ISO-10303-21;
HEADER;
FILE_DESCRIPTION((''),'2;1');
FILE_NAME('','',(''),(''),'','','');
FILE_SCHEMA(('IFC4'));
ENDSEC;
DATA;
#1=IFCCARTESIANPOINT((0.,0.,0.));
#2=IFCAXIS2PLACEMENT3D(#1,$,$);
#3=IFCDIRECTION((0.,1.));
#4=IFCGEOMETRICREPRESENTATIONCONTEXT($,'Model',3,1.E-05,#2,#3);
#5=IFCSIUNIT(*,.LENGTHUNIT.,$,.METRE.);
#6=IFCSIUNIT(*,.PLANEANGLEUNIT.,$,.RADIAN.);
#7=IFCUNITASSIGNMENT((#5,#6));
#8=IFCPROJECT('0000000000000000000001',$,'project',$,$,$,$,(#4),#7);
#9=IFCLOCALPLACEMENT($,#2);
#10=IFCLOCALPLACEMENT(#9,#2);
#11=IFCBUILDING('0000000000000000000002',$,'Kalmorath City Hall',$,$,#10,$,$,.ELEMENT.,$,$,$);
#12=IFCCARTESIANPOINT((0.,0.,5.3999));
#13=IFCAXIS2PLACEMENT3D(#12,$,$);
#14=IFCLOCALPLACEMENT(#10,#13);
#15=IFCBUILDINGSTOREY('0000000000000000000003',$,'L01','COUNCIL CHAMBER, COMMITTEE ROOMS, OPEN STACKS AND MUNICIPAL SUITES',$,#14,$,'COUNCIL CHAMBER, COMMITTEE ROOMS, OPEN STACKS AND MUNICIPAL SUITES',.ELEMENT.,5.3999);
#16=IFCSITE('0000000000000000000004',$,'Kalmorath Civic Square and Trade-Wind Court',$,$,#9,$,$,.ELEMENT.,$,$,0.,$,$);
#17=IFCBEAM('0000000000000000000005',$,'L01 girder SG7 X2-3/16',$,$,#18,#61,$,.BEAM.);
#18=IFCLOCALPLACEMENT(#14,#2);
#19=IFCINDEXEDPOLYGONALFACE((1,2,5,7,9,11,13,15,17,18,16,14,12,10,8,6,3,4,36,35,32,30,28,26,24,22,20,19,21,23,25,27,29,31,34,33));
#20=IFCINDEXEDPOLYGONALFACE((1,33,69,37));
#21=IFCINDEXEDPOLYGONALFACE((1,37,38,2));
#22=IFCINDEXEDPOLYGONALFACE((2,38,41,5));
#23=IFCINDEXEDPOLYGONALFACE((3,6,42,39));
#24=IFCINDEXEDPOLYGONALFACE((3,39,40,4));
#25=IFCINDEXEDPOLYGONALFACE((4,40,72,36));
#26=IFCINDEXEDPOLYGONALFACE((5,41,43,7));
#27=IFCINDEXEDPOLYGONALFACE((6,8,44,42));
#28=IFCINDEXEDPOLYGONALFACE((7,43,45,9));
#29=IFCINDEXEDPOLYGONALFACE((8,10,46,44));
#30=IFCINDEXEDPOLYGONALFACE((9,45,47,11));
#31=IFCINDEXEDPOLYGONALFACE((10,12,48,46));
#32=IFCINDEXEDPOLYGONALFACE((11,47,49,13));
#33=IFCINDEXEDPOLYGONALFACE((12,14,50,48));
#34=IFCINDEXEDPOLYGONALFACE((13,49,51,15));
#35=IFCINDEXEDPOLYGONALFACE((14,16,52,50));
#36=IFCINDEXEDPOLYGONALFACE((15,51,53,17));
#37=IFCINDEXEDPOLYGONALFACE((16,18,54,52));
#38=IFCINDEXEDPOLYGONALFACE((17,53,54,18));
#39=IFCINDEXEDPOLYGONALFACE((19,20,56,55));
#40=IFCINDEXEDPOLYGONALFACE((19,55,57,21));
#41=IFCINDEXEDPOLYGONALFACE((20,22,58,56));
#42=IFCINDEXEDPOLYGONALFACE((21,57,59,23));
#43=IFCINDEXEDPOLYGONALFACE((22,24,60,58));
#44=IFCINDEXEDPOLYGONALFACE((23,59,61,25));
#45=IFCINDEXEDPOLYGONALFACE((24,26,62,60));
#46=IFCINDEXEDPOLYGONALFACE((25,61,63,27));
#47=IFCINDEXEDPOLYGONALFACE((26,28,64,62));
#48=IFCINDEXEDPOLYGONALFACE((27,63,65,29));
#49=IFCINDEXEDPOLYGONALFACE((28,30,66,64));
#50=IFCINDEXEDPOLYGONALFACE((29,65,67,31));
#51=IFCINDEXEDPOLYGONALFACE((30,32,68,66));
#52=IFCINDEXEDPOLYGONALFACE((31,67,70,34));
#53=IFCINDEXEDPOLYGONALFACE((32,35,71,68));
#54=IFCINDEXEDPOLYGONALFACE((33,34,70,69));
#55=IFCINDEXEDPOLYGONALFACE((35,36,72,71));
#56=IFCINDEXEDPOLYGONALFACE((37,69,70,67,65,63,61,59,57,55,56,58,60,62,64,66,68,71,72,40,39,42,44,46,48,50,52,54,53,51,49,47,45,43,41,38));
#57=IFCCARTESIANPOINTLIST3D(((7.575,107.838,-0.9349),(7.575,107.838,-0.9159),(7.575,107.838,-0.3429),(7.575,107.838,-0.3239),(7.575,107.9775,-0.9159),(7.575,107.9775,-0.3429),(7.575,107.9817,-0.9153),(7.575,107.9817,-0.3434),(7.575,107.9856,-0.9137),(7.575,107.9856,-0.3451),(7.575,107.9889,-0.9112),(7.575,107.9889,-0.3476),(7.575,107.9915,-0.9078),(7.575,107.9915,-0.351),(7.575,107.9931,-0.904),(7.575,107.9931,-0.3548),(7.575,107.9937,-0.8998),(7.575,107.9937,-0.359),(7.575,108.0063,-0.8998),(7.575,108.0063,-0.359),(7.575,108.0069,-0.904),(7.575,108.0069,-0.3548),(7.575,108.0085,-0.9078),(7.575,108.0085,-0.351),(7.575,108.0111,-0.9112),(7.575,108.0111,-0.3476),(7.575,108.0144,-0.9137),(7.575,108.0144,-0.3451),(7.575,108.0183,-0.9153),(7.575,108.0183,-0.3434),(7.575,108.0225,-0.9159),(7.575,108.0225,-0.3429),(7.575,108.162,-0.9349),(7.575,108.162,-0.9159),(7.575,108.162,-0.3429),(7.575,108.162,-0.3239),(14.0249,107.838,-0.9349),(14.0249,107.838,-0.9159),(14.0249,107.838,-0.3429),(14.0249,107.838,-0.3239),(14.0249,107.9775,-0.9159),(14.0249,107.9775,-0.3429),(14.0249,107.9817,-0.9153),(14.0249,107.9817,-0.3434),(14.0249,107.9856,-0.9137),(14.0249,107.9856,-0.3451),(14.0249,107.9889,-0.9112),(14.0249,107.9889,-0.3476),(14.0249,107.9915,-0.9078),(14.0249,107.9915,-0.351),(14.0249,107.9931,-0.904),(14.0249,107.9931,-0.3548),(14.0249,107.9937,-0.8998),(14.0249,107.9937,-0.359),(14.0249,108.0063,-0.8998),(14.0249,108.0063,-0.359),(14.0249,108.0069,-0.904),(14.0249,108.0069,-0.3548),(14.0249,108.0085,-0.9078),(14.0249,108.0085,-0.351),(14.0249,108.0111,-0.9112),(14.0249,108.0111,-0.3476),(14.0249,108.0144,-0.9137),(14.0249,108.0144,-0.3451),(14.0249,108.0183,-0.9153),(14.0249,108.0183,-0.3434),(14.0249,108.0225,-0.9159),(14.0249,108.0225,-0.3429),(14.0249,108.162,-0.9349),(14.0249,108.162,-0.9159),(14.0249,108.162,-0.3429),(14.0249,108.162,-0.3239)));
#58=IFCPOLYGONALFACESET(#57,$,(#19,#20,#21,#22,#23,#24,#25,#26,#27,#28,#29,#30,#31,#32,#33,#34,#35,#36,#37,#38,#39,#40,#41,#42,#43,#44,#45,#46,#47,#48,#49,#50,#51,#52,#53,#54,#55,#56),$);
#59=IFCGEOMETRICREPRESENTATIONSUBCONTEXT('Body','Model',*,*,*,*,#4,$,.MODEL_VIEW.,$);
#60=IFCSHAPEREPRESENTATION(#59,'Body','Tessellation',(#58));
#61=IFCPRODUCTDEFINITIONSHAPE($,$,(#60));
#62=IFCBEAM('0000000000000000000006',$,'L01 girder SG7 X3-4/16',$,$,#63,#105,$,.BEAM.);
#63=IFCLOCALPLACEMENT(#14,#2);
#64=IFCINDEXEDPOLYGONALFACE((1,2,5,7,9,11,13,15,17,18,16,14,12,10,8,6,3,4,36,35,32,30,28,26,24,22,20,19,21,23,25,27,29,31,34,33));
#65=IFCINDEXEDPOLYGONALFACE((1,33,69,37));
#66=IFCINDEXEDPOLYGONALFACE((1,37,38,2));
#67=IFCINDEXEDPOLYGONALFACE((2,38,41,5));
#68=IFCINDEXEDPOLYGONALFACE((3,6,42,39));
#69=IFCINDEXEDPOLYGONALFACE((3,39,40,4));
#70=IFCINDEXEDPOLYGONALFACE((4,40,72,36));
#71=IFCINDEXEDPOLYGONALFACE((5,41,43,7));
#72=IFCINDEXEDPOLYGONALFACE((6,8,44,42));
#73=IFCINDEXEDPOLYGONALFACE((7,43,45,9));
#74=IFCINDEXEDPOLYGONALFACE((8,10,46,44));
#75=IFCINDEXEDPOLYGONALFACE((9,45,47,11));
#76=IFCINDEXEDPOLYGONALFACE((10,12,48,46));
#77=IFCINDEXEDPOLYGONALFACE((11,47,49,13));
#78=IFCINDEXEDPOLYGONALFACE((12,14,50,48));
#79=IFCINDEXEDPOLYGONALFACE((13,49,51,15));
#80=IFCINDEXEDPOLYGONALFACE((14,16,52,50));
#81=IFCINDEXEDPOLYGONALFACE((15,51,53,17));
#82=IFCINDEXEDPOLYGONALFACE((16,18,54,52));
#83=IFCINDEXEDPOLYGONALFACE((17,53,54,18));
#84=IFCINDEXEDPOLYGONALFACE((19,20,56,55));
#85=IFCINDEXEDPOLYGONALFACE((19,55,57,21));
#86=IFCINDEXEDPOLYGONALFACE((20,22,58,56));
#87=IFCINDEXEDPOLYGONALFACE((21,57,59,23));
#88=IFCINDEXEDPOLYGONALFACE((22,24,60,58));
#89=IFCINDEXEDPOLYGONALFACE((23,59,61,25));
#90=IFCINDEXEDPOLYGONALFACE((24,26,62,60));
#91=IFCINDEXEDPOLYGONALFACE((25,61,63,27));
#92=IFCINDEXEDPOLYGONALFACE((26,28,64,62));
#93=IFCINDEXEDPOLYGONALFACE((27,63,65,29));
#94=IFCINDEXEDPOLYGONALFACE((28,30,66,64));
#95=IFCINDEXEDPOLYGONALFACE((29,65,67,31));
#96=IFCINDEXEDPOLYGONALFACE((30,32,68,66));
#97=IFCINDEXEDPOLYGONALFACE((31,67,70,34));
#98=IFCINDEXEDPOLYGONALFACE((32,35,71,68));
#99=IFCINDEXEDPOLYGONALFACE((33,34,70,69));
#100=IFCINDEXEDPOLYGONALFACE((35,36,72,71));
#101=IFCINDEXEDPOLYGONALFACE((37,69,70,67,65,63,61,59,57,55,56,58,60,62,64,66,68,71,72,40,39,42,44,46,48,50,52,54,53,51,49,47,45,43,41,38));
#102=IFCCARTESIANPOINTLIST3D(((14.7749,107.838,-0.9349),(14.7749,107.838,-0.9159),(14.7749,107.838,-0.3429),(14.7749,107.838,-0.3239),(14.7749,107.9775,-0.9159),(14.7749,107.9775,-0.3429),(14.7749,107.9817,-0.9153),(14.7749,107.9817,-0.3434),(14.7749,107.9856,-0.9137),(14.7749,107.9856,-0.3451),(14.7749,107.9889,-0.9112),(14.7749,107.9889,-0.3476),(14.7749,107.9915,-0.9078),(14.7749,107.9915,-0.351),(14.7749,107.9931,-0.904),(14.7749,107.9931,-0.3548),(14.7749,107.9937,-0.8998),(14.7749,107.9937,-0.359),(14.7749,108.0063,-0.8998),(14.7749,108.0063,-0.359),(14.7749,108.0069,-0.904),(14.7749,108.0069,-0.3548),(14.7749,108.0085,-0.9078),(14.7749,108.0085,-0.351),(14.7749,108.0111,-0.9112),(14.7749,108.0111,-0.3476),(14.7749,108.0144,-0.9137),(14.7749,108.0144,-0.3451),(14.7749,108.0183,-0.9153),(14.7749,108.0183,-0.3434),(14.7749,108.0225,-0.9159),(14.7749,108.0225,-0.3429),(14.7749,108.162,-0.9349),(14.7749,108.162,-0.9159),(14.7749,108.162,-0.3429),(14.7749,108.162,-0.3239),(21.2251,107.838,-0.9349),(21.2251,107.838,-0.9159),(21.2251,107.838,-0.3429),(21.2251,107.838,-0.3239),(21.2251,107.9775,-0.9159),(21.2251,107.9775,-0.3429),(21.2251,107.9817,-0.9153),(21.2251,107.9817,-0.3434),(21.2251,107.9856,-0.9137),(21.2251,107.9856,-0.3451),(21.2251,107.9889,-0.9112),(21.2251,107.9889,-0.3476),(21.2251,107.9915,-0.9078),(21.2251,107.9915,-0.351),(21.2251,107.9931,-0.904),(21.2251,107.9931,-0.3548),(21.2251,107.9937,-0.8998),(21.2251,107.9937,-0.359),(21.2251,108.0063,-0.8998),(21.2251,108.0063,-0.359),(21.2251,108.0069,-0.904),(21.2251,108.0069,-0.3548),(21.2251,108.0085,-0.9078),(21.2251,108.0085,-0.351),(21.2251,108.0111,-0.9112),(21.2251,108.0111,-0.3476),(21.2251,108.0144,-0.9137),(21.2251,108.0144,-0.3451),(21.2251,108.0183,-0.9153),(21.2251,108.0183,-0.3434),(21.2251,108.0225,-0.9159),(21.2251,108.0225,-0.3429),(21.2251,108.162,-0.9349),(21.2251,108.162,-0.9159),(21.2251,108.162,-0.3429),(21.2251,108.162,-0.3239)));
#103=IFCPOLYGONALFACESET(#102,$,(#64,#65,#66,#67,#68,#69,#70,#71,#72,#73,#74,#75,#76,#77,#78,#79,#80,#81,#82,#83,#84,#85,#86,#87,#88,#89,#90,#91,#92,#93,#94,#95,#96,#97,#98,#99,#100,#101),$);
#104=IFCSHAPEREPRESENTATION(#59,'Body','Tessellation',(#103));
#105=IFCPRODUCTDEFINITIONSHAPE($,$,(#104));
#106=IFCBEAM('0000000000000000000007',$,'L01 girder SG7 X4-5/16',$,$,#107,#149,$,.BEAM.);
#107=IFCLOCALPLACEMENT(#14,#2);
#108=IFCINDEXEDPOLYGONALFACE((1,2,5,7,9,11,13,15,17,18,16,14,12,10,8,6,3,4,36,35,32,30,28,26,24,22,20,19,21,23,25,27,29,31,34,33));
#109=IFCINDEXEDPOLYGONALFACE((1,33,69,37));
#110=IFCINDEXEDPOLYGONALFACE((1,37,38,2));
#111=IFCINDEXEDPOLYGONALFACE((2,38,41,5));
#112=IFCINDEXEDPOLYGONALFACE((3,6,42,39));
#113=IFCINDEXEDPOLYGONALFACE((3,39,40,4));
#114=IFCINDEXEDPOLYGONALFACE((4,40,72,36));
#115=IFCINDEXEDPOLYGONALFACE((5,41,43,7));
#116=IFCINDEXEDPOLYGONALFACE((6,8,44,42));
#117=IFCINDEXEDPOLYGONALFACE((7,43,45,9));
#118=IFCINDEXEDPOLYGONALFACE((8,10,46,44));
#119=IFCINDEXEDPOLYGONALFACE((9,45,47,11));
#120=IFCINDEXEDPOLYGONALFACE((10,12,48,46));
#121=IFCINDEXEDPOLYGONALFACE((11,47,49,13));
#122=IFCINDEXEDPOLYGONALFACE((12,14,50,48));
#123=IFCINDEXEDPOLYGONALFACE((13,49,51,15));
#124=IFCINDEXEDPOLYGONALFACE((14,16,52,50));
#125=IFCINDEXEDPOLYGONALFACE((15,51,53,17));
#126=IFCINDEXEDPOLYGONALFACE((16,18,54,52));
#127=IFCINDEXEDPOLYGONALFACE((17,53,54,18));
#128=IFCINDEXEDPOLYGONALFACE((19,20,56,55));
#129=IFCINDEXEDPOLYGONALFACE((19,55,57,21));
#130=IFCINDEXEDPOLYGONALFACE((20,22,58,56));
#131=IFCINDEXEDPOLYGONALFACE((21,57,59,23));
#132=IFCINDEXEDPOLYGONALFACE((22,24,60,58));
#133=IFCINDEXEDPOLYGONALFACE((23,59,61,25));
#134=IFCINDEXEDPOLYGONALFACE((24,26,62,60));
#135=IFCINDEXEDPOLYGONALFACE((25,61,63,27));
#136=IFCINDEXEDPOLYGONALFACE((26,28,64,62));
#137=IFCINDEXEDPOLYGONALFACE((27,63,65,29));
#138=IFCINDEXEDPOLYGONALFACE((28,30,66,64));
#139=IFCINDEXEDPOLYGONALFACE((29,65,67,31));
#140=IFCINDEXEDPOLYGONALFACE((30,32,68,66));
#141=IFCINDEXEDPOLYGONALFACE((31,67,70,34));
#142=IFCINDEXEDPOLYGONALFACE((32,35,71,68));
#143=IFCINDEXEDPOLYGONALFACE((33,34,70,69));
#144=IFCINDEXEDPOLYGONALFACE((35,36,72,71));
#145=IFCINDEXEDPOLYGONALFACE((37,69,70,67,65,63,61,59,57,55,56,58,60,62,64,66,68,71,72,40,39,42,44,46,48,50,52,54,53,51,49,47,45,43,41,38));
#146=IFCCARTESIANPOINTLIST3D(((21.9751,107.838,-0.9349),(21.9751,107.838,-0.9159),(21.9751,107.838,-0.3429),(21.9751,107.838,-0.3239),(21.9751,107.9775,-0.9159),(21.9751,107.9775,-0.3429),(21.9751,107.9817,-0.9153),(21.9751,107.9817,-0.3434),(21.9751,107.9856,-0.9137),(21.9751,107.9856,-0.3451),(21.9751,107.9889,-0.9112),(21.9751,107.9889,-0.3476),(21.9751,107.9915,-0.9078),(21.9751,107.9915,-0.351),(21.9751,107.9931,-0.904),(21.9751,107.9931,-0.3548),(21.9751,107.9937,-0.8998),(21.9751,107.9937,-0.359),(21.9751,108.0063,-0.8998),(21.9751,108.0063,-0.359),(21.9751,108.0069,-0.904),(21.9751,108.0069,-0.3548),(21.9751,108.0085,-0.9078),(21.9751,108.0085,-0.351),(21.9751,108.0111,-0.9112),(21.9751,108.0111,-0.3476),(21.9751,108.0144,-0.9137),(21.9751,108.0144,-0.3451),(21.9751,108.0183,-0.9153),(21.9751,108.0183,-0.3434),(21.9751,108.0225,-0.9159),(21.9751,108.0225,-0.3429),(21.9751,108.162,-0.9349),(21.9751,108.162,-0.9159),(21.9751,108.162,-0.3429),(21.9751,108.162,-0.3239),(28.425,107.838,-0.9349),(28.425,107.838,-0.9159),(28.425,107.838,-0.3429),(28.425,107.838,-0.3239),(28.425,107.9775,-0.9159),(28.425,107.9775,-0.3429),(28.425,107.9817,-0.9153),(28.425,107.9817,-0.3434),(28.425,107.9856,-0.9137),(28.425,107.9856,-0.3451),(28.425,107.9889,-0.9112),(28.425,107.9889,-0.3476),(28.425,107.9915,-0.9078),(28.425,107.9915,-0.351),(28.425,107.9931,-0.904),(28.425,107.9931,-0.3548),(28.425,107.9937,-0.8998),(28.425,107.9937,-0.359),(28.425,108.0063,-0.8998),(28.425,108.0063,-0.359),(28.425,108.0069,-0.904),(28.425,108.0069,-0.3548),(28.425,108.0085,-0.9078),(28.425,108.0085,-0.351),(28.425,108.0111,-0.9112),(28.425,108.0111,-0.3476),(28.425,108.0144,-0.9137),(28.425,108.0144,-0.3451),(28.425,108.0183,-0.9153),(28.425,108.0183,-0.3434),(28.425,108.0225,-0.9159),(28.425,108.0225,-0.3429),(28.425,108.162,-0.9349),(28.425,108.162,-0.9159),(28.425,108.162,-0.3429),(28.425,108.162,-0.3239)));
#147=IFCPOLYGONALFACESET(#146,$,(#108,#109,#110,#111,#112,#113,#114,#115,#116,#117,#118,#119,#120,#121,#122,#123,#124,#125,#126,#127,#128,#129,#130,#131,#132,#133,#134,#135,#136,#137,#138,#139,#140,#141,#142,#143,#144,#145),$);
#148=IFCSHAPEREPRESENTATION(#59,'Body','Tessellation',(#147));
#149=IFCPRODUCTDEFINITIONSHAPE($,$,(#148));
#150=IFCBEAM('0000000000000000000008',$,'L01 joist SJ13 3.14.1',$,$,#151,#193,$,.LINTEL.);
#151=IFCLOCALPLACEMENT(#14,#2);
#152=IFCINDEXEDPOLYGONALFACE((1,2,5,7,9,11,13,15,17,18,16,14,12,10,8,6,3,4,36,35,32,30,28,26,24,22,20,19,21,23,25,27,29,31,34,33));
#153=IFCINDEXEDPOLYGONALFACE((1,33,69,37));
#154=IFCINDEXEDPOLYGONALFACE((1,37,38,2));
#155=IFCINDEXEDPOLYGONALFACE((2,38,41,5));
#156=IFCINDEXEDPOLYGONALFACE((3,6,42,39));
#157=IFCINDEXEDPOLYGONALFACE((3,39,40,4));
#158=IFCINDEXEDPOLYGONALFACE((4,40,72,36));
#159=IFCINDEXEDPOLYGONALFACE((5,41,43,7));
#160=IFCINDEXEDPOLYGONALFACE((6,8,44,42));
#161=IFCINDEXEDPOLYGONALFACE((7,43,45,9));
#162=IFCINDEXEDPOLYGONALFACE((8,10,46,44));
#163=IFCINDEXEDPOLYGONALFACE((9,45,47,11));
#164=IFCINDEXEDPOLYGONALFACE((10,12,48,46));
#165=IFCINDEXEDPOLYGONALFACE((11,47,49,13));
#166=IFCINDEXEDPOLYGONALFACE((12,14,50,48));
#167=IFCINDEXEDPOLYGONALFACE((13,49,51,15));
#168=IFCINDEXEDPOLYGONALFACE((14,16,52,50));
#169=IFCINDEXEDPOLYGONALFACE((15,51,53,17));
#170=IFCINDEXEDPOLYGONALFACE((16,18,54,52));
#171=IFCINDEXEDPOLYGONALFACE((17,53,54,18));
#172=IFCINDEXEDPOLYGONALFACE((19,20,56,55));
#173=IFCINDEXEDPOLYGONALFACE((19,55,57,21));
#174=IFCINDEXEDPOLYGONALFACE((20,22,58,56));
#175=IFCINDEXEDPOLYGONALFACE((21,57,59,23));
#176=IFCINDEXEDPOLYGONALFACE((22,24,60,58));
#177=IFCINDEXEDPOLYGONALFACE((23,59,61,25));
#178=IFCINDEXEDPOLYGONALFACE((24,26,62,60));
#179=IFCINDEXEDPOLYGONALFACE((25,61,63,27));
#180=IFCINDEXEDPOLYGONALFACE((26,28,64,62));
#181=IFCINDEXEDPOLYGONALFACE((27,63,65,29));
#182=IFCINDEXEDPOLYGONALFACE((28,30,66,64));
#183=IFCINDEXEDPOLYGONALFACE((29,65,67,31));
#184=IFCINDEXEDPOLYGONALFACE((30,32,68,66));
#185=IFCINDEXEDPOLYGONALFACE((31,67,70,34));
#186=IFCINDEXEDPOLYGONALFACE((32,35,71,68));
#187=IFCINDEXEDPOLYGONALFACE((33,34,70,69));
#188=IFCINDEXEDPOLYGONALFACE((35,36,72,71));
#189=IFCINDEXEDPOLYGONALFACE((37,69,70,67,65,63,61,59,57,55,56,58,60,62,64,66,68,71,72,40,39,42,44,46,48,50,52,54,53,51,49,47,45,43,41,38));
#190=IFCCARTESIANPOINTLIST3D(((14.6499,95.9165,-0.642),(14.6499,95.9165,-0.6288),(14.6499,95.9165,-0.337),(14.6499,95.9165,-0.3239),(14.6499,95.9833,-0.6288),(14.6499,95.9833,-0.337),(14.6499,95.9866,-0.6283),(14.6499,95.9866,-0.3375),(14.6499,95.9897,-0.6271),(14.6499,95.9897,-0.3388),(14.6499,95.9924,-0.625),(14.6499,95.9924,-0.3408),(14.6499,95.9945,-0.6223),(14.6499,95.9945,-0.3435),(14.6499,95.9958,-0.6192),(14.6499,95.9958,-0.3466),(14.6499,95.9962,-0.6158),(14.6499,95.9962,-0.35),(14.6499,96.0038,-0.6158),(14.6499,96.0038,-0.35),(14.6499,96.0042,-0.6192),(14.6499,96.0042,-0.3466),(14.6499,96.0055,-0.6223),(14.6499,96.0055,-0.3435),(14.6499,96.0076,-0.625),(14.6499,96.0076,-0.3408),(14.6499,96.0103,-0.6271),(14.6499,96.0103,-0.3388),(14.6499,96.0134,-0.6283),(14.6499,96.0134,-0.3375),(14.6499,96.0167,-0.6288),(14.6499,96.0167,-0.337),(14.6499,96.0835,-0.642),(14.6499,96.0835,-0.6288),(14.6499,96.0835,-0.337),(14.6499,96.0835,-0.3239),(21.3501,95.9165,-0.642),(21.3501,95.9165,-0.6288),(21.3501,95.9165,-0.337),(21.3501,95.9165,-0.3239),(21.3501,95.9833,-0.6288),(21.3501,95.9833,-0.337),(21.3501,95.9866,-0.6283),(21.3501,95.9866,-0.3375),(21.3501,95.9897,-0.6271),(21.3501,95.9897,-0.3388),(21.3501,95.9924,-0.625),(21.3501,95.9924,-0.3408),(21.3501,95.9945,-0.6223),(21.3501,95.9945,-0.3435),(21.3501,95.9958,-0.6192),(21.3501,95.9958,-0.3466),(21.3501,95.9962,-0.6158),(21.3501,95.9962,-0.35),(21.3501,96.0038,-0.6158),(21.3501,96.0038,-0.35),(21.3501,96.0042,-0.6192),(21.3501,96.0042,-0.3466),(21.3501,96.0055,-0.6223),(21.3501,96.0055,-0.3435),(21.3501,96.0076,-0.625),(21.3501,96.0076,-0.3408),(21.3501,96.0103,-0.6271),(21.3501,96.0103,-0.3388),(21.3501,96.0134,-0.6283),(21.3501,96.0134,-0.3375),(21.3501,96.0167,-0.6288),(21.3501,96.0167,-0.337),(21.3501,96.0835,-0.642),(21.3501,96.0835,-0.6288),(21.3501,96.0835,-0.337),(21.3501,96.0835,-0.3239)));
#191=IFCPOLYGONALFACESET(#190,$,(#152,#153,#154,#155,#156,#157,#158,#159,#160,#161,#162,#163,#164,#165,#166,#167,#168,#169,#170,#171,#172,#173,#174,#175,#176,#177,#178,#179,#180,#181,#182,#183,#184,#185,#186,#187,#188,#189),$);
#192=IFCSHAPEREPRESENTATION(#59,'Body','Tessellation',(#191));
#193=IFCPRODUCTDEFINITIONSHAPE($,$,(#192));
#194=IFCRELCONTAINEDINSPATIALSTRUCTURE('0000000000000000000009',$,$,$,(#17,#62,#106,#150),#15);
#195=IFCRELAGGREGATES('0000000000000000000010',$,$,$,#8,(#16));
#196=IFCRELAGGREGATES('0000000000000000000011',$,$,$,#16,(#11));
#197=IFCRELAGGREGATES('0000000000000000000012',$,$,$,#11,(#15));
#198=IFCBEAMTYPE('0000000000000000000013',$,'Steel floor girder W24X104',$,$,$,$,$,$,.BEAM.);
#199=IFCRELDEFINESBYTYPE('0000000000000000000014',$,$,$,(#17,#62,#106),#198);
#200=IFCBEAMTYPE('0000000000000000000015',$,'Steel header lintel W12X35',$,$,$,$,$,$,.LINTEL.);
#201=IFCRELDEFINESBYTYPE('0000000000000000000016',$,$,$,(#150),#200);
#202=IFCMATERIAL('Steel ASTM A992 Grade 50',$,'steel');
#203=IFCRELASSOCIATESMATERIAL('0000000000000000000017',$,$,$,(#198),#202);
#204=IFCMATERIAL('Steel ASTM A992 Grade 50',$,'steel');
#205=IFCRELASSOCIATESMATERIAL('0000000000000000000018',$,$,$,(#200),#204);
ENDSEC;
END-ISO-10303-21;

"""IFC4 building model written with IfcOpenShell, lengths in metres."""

from ifc_helpers import new_model, si_unit, direction, frame, origin, origin_2d, place, context, subcontext, project, spatial, i_section, extrude, material, material_profile, profile_set, type_object, element, save


model = new_model("IFC4")

# Units and contexts
model_context = context("Model", 3, precision=1e-05, world=origin(), true_north=direction((0.0, 1.0)))
body_context = subcontext(model_context, "Body", "Model", "MODEL_VIEW")
ifc_project = project(units=[si_unit("LENGTHUNIT", "METRE"), si_unit("PLANEANGLEUNIT", "RADIAN")], contexts=[model_context])

# Site, building, storey
site_placement = place(None, origin())
site = spatial("IfcSite", under=ifc_project, at=site_placement, Name="Kalmorath Civic Square and Trade-Wind Court", CompositionType="ELEMENT", RefElevation=0.0)
building_placement = place(site_placement, origin())
building = spatial("IfcBuilding", under=site, at=building_placement, Name="Kalmorath City Hall", CompositionType="ELEMENT")
storey_placement = place(building_placement, frame((0.0, 0.0, 5.3999)))
storey = spatial("IfcBuildingStorey", under=building, at=storey_placement, Name="L01", Description="COUNCIL CHAMBER, COMMITTEE ROOMS, OPEN STACKS AND MUNICIPAL SUITES", LongName="COUNCIL CHAMBER, COMMITTEE ROOMS, OPEN STACKS AND MUNICIPAL SUITES", CompositionType="ELEMENT", Elevation=5.3999)

# Beams
ifc_material_1 = material(Name="Steel ASTM A992 Grade 50", Category="steel")
ifc_material_profile_1 = material_profile(ifc_material_1, i_section(OverallWidth=0.324, OverallDepth=0.6111, WebThickness=0.0127, FlangeThickness=0.019, FilletRadius=0.0161, at=origin_2d()), Name="W24X104")
ifc_profile_set_1 = profile_set([ifc_material_profile_1], Name="Steel ASTM A992 Grade 50")
beam_type_1 = type_object("IfcBeamType", Name="Steel floor girder W24X104", PredefinedType="BEAM", material=ifc_profile_set_1)
beam_1_placement = place(storey_placement, frame((7.575, 108.0, -0.6294), z_axis=(1.0, 0.0, 0.0), x_axis=(0.0, 1.0, 0.0)))
element("IfcBeam", 1, at=beam_1_placement, inside=storey, type_object=beam_type_1, Name="L01 girder SG7 X2-3/16", PredefinedType="BEAM", context=body_context, shape_type="SweptSolid", body=[
    extrude(i_section(OverallWidth=0.324, OverallDepth=0.6111, WebThickness=0.0127, FlangeThickness=0.019, FilletRadius=0.0161, at=origin_2d()), origin(), (0.0, 0.0, 1.0), 6.45),
])
beam_2_placement = place(storey_placement, frame((14.7749, 108.0, -0.6294), z_axis=(1.0, 0.0, 0.0), x_axis=(0.0, 1.0, 0.0)))
element("IfcBeam", 2, at=beam_2_placement, inside=storey, type_object=beam_type_1, Name="L01 girder SG7 X3-4/16", PredefinedType="BEAM", context=body_context, shape_type="SweptSolid", body=[
    extrude(i_section(OverallWidth=0.324, OverallDepth=0.6111, WebThickness=0.0127, FlangeThickness=0.019, FilletRadius=0.0161, at=origin_2d()), origin(), (0.0, 0.0, 1.0), 6.4502),
])
beam_3_placement = place(storey_placement, frame((21.9751, 108.0, -0.6294), z_axis=(1.0, 0.0, 0.0), x_axis=(0.0, 1.0, 0.0)))
element("IfcBeam", 3, at=beam_3_placement, inside=storey, type_object=beam_type_1, Name="L01 girder SG7 X4-5/16", PredefinedType="BEAM", context=body_context, shape_type="SweptSolid", body=[
    extrude(i_section(OverallWidth=0.324, OverallDepth=0.6111, WebThickness=0.0127, FlangeThickness=0.019, FilletRadius=0.0161, at=origin_2d()), origin(), (0.0, 0.0, 1.0), 6.45),
])
ifc_material_2 = material(Name="Steel ASTM A992 Grade 50", Category="steel")
ifc_material_profile_2 = material_profile(ifc_material_2, i_section(OverallWidth=0.167, OverallDepth=0.3181, WebThickness=0.0076, FlangeThickness=0.0132, FilletRadius=0.0129, at=origin_2d()), Name="W12X35")
ifc_profile_set_2 = profile_set([ifc_material_profile_2], Name="Steel ASTM A992 Grade 50")
beam_type_2 = type_object("IfcBeamType", Name="Steel header lintel W12X35", PredefinedType="LINTEL", material=ifc_profile_set_2)
for number, where, z_axis, x_axis, name in (
    (4, (14.6499, 96.0, -0.4829), (1.0, 0.0, 0.0), (0.0, 1.0, 0.0), "L01 joist SJ13 3.14.1"),
):
    element("IfcBeam", number, at=place(storey_placement, frame(where, z_axis=z_axis, x_axis=x_axis)), inside=storey, type_object=beam_type_2, Name=name, PredefinedType="LINTEL", context=body_context, shape_type="SweptSolid", body=[
        extrude(i_section(OverallWidth=0.167, OverallDepth=0.3181, WebThickness=0.0076, FlangeThickness=0.0132, FilletRadius=0.0129, at=origin_2d()), origin(), (0.0, 0.0, 1.0), 6.7002),
    ])

save(model, "model.ifc")
